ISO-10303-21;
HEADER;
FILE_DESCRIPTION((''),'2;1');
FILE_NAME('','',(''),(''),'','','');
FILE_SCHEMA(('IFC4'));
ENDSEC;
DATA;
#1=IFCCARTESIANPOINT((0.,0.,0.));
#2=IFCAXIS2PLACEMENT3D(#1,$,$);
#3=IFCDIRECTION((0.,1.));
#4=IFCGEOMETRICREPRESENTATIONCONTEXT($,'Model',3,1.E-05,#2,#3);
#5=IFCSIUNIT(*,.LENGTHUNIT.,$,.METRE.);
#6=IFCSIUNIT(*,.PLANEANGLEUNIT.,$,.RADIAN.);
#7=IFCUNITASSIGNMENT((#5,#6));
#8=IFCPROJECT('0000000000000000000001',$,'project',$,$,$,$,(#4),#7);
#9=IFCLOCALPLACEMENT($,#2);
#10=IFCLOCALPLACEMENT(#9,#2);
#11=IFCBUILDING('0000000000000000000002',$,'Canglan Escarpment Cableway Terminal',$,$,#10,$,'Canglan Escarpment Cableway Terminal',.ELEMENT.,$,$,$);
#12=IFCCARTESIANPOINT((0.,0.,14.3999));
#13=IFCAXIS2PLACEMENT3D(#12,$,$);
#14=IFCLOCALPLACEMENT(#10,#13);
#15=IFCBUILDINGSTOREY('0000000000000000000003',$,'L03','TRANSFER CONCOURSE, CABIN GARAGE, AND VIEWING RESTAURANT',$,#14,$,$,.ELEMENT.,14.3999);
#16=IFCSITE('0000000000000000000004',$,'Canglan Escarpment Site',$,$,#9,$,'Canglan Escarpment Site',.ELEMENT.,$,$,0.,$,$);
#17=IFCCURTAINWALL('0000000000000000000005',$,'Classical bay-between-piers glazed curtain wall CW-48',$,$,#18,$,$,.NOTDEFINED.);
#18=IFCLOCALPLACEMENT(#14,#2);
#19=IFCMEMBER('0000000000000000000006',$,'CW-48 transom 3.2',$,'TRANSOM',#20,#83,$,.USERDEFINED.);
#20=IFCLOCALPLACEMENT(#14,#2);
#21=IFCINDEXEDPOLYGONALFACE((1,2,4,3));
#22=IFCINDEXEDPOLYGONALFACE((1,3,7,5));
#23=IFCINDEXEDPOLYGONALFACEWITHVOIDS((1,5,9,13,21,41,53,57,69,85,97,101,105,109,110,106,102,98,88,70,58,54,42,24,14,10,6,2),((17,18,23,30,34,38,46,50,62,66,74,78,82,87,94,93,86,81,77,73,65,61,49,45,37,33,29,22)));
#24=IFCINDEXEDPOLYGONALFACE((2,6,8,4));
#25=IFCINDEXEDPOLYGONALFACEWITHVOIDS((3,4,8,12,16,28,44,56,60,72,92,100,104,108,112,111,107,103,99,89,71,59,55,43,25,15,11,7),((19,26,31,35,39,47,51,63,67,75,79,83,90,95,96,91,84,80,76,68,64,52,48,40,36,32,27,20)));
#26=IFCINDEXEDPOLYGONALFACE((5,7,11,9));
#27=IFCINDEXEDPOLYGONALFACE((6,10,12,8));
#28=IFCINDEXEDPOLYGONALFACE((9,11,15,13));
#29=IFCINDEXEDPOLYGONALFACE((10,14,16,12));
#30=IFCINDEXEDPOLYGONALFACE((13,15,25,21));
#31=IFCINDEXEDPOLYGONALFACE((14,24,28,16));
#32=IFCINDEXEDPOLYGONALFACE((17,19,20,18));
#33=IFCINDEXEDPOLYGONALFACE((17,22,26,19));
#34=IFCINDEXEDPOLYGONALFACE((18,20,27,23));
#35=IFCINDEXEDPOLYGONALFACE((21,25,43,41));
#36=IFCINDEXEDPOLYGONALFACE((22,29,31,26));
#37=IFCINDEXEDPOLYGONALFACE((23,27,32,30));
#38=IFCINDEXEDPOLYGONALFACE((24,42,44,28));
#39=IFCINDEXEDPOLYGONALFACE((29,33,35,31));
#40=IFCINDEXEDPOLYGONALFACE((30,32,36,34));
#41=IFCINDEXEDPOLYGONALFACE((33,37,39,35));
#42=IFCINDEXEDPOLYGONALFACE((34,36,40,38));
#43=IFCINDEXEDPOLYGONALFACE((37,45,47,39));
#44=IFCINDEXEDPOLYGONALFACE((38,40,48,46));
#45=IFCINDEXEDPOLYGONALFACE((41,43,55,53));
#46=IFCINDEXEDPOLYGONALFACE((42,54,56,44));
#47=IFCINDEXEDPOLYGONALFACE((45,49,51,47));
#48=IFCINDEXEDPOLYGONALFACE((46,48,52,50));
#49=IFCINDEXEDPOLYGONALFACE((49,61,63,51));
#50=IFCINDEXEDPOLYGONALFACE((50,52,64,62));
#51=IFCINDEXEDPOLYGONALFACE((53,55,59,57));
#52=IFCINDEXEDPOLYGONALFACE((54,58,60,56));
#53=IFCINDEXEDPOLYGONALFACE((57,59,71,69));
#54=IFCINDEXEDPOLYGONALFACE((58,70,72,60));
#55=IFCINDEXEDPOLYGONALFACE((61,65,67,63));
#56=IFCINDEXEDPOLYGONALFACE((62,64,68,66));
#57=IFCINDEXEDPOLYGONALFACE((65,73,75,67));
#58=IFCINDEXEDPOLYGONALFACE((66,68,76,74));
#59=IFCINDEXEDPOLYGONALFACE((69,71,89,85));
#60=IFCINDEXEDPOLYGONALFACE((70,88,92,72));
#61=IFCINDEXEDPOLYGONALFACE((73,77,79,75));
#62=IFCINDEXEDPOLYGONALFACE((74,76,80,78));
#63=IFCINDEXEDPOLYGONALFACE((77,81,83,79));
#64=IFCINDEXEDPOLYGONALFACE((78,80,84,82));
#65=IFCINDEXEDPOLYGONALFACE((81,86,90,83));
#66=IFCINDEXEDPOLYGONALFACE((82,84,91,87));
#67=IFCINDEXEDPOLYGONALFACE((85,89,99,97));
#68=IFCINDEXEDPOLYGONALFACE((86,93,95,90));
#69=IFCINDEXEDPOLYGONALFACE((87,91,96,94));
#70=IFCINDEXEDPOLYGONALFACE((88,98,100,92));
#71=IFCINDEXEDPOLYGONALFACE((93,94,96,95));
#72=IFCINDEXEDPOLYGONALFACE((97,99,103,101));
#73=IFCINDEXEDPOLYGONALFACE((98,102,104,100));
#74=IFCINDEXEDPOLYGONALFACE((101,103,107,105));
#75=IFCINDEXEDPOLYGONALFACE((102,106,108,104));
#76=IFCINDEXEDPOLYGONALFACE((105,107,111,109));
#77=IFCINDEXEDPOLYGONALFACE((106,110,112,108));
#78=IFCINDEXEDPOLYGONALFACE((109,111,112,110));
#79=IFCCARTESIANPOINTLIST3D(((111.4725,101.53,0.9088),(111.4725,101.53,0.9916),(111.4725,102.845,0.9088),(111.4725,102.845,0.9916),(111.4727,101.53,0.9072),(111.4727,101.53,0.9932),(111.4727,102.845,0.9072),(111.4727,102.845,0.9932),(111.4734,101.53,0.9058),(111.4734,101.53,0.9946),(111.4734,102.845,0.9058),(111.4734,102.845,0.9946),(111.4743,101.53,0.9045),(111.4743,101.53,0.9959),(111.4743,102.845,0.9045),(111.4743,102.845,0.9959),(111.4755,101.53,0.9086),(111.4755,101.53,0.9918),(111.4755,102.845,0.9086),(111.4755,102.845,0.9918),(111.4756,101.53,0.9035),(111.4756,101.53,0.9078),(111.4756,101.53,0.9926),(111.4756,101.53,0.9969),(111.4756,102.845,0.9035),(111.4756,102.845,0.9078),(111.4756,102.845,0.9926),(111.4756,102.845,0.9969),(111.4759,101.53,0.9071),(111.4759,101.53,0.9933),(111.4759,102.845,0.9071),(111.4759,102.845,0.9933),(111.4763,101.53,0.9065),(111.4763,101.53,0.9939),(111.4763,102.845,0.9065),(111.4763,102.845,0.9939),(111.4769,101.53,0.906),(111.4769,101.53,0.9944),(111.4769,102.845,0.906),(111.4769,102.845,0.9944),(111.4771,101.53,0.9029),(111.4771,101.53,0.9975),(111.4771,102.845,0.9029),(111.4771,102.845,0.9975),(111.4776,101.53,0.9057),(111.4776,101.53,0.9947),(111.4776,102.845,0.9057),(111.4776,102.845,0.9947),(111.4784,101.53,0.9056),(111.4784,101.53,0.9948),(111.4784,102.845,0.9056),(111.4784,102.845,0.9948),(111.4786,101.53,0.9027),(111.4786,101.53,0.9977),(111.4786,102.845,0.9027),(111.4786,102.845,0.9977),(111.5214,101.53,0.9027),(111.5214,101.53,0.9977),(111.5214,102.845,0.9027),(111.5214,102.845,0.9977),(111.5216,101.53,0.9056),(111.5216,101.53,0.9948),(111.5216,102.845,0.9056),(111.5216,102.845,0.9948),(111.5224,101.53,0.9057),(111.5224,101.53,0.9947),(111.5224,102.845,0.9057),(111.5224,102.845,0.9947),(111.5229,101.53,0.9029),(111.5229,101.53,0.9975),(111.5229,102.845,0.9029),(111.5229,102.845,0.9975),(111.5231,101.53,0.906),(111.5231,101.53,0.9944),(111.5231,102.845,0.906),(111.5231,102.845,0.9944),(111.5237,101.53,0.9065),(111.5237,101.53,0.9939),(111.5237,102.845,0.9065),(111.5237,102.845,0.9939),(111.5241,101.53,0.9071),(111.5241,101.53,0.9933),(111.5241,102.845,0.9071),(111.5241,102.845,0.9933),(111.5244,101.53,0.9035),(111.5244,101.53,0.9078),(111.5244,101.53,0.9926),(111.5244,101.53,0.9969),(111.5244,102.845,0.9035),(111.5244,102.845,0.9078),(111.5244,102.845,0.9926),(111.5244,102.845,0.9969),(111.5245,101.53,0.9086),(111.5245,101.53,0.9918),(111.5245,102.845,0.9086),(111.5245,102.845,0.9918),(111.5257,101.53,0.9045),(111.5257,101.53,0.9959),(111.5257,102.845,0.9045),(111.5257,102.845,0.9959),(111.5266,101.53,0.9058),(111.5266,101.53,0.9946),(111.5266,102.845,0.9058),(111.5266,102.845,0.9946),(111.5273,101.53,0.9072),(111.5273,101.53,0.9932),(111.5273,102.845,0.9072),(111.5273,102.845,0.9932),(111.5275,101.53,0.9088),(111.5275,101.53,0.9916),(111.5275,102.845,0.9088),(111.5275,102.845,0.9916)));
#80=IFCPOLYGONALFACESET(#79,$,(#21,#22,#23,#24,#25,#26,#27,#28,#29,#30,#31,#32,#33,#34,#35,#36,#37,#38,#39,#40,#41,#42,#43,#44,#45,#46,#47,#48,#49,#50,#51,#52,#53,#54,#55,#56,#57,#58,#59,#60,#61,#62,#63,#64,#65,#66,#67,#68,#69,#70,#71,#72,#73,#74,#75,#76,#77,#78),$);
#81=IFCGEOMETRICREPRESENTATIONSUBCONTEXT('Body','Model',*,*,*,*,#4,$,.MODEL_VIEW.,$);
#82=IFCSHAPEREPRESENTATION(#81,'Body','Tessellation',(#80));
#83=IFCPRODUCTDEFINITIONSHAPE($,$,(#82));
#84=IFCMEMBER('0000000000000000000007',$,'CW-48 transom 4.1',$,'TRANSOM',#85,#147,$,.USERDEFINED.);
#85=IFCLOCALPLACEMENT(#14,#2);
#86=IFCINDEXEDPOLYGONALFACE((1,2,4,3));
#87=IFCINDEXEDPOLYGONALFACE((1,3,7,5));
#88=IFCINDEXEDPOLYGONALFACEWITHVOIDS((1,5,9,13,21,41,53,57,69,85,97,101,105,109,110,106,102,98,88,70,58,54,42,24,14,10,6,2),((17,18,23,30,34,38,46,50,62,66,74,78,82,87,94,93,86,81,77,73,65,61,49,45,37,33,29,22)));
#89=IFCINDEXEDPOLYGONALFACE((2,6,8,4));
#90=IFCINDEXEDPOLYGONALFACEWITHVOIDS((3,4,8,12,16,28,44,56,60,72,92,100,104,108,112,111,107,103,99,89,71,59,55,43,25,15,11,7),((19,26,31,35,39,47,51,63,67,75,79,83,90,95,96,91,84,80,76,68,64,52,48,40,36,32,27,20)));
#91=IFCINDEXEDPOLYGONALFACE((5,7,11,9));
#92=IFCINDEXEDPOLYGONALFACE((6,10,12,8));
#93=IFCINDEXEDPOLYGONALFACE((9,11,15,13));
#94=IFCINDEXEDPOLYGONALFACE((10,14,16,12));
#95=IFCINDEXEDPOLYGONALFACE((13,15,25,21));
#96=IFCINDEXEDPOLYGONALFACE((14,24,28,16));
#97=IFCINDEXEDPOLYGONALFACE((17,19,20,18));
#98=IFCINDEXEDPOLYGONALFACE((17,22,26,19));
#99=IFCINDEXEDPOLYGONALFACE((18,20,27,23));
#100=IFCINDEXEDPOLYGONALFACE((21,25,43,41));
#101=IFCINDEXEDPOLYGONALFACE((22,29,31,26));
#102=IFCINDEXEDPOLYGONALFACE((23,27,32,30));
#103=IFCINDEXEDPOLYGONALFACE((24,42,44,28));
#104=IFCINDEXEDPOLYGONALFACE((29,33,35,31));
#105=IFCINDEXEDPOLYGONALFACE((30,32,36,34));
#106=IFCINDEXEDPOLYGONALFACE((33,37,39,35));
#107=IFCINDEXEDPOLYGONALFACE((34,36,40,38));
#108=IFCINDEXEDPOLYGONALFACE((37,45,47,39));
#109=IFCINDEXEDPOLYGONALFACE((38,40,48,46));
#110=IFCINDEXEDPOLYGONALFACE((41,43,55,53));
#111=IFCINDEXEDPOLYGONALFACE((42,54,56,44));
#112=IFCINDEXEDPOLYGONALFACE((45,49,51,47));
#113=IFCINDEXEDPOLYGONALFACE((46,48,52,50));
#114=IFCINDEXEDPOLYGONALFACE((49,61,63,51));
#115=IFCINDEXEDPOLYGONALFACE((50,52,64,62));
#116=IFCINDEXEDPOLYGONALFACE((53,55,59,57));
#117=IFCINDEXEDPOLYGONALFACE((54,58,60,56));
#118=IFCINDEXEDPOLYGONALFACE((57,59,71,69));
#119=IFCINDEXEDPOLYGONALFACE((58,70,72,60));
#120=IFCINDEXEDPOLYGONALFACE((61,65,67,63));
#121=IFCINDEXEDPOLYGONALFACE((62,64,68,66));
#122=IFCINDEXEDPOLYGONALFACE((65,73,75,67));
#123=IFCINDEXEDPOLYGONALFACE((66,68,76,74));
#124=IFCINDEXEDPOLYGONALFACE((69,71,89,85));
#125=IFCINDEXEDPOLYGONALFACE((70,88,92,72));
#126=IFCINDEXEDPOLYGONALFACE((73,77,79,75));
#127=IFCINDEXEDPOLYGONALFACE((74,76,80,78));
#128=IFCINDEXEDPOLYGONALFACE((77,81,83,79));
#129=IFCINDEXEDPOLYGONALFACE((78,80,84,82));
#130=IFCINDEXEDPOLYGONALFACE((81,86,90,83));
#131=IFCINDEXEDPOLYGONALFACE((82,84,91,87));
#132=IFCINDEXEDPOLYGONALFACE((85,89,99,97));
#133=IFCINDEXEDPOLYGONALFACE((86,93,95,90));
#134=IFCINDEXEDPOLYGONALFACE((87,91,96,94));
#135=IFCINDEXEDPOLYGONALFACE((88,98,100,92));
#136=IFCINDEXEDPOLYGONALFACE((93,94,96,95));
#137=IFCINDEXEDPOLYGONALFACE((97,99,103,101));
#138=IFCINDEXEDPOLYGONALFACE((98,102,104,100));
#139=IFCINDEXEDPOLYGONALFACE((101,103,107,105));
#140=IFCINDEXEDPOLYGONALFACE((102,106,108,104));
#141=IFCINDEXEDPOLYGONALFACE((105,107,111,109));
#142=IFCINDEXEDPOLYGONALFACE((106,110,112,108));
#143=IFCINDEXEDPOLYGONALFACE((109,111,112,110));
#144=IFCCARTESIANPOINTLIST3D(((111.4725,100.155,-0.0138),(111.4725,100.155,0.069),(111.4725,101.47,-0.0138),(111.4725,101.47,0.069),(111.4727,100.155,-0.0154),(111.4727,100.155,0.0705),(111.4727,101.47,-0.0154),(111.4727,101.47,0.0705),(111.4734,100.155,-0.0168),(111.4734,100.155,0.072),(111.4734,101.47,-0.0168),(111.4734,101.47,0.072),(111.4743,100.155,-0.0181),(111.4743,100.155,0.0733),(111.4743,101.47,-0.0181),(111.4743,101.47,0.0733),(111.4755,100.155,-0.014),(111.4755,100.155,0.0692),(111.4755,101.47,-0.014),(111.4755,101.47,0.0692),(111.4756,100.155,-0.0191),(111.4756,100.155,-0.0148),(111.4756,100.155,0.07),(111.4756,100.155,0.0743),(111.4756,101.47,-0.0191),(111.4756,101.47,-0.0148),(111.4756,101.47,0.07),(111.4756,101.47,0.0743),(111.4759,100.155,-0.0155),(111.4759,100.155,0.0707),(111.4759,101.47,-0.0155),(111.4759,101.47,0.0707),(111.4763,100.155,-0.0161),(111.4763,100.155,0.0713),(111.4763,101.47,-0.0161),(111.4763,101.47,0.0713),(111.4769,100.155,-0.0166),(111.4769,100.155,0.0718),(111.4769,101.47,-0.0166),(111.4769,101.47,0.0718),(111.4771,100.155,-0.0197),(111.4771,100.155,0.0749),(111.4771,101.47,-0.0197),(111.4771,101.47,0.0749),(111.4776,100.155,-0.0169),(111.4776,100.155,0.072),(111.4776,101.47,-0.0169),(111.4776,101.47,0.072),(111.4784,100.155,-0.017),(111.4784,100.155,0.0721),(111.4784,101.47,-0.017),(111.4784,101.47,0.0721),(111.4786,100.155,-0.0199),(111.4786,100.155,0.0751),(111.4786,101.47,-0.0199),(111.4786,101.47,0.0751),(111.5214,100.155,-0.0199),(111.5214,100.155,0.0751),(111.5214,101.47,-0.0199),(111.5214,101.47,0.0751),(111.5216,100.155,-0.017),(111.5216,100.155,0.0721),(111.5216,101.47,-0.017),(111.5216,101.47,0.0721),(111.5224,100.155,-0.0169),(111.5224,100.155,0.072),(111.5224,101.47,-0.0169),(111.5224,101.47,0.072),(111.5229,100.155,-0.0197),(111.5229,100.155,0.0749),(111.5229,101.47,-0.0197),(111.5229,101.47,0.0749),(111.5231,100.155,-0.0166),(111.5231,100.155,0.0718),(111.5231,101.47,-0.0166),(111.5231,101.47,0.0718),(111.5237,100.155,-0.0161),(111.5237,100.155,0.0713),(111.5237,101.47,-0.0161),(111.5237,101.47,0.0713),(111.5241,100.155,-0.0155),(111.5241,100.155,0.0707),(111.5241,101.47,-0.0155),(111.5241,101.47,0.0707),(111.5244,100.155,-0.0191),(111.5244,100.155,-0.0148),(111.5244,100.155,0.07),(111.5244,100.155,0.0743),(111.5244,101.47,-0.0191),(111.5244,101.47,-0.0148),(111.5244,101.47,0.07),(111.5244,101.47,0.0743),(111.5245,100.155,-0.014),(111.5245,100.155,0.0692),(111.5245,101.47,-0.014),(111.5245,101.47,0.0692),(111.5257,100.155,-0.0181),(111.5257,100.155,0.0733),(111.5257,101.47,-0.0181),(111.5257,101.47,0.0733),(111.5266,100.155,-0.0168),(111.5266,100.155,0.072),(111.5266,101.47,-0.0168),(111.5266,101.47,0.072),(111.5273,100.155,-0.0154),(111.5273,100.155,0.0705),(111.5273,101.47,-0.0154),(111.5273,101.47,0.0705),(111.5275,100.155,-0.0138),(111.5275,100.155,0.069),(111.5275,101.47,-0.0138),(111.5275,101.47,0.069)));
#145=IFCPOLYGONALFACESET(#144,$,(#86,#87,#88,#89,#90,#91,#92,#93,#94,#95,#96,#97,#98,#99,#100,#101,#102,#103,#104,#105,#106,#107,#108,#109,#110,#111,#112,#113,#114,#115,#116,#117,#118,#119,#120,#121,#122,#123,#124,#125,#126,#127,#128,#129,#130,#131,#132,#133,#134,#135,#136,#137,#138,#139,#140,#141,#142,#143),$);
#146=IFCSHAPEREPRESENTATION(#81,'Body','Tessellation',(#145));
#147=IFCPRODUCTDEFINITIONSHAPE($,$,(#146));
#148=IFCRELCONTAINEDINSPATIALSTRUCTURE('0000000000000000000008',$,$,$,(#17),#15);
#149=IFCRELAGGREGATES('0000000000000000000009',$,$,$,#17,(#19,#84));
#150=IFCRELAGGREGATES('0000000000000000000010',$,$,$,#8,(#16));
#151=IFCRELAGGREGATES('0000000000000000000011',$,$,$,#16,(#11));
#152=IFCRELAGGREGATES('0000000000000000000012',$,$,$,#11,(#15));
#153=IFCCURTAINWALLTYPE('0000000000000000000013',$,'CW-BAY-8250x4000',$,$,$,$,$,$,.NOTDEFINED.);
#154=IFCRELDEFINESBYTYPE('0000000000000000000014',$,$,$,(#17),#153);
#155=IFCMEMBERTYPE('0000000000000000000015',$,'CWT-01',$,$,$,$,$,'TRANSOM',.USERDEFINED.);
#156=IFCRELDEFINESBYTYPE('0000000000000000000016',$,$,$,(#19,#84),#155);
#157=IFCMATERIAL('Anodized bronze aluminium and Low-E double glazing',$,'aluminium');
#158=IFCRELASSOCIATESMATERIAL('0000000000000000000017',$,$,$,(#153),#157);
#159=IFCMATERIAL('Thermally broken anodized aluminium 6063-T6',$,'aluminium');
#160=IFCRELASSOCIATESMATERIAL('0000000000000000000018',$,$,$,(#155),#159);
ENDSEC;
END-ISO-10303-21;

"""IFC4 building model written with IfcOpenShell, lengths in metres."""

from ifc_helpers import new_model, si_unit, direction, frame, origin, origin_2d, place, context, subcontext, project, spatial, hollow_rectangle, extrude, material, material_profile, profile_set, type_object, element, aggregate, save


model = new_model("IFC4")

# Units and contexts
model_context = context("Model", 3, precision=1e-05, world=origin(), true_north=direction((0.0, 1.0)))
body_context = subcontext(model_context, "Body", "Model", "MODEL_VIEW")
ifc_project = project(units=[si_unit("LENGTHUNIT", "METRE"), si_unit("PLANEANGLEUNIT", "RADIAN")], contexts=[model_context])

# Site, building, storey
site_placement = place(None, origin())
site = spatial("IfcSite", under=ifc_project, at=site_placement, Name="Canglan Escarpment Site", LongName="Canglan Escarpment Site", CompositionType="ELEMENT", RefElevation=0.0)
building_placement = place(site_placement, origin())
building = spatial("IfcBuilding", under=site, at=building_placement, Name="Canglan Escarpment Cableway Terminal", LongName="Canglan Escarpment Cableway Terminal", CompositionType="ELEMENT")
storey_placement = place(building_placement, frame((0.0, 0.0, 14.3999)))
storey = spatial("IfcBuildingStorey", under=building, at=storey_placement, Name="L03", Description="TRANSFER CONCOURSE, CABIN GARAGE, AND VIEWING RESTAURANT", CompositionType="ELEMENT", Elevation=14.3999)

# Curtain wall, members
ifc_material_1 = material(Name="Anodized bronze aluminium and Low-E double glazing", Category="aluminium")
curtain_wall_type = type_object("IfcCurtainWallType", Name="CW-BAY-8250x4000", PredefinedType="NOTDEFINED", material=ifc_material_1)
curtain_wall_placement = place(storey_placement, origin())
curtain_wall = element("IfcCurtainWall", 1, at=curtain_wall_placement, inside=storey, type_object=curtain_wall_type, Name="Classical bay-between-piers glazed curtain wall CW-48", PredefinedType="NOTDEFINED")
ifc_material_2 = material(Name="Thermally broken anodized aluminium 6063-T6", Category="aluminium")
ifc_material_profile_1 = material_profile(ifc_material_2, hollow_rectangle(XDim=0.0549, YDim=0.095, WallThickness=0.0029, InnerFilletRadius=0.0029, OuterFilletRadius=0.0061, at=origin_2d()), Name="ALU-TRAN 55x95x3")
ifc_profile_set_1 = profile_set([ifc_material_profile_1], Name="Thermally broken anodized aluminium 6063-T6")
member_type_1 = type_object("IfcMemberType", Name="CWT-01", ElementType="TRANSOM", PredefinedType="USERDEFINED", material=ifc_profile_set_1)
member_1_placement = place(storey_placement, frame((111.5, 102.845, 0.9502), z_axis=(0.0, -1.0, 0.0), x_axis=(1.0, 0.0, 0.0)))
member_1 = element("IfcMember", 2, at=member_1_placement, type_object=member_type_1, Name="CW-48 transom 3.2", ObjectType="TRANSOM", PredefinedType="USERDEFINED", context=body_context, shape_type="SweptSolid", body=[
    extrude(hollow_rectangle(XDim=0.0549, YDim=0.095, WallThickness=0.0029, InnerFilletRadius=0.0029, OuterFilletRadius=0.0061, at=origin_2d()), origin(), (0.0, 0.0, 1.0), 1.3149),
])
member_2_placement = place(storey_placement, frame((111.5, 101.47, 0.0276), z_axis=(0.0, -1.0, 0.0), x_axis=(1.0, 0.0, 0.0)))
member_2 = element("IfcMember", 3, at=member_2_placement, type_object=member_type_1, Name="CW-48 transom 4.1", ObjectType="TRANSOM", PredefinedType="USERDEFINED", context=body_context, shape_type="SweptSolid", body=[
    extrude(hollow_rectangle(XDim=0.0549, YDim=0.095, WallThickness=0.0029, InnerFilletRadius=0.0029, OuterFilletRadius=0.0061, at=origin_2d()), origin(), (0.0, 0.0, 1.0), 1.3149),
])
aggregate(curtain_wall, [member_1, member_2])

save(model, "model.ifc")
